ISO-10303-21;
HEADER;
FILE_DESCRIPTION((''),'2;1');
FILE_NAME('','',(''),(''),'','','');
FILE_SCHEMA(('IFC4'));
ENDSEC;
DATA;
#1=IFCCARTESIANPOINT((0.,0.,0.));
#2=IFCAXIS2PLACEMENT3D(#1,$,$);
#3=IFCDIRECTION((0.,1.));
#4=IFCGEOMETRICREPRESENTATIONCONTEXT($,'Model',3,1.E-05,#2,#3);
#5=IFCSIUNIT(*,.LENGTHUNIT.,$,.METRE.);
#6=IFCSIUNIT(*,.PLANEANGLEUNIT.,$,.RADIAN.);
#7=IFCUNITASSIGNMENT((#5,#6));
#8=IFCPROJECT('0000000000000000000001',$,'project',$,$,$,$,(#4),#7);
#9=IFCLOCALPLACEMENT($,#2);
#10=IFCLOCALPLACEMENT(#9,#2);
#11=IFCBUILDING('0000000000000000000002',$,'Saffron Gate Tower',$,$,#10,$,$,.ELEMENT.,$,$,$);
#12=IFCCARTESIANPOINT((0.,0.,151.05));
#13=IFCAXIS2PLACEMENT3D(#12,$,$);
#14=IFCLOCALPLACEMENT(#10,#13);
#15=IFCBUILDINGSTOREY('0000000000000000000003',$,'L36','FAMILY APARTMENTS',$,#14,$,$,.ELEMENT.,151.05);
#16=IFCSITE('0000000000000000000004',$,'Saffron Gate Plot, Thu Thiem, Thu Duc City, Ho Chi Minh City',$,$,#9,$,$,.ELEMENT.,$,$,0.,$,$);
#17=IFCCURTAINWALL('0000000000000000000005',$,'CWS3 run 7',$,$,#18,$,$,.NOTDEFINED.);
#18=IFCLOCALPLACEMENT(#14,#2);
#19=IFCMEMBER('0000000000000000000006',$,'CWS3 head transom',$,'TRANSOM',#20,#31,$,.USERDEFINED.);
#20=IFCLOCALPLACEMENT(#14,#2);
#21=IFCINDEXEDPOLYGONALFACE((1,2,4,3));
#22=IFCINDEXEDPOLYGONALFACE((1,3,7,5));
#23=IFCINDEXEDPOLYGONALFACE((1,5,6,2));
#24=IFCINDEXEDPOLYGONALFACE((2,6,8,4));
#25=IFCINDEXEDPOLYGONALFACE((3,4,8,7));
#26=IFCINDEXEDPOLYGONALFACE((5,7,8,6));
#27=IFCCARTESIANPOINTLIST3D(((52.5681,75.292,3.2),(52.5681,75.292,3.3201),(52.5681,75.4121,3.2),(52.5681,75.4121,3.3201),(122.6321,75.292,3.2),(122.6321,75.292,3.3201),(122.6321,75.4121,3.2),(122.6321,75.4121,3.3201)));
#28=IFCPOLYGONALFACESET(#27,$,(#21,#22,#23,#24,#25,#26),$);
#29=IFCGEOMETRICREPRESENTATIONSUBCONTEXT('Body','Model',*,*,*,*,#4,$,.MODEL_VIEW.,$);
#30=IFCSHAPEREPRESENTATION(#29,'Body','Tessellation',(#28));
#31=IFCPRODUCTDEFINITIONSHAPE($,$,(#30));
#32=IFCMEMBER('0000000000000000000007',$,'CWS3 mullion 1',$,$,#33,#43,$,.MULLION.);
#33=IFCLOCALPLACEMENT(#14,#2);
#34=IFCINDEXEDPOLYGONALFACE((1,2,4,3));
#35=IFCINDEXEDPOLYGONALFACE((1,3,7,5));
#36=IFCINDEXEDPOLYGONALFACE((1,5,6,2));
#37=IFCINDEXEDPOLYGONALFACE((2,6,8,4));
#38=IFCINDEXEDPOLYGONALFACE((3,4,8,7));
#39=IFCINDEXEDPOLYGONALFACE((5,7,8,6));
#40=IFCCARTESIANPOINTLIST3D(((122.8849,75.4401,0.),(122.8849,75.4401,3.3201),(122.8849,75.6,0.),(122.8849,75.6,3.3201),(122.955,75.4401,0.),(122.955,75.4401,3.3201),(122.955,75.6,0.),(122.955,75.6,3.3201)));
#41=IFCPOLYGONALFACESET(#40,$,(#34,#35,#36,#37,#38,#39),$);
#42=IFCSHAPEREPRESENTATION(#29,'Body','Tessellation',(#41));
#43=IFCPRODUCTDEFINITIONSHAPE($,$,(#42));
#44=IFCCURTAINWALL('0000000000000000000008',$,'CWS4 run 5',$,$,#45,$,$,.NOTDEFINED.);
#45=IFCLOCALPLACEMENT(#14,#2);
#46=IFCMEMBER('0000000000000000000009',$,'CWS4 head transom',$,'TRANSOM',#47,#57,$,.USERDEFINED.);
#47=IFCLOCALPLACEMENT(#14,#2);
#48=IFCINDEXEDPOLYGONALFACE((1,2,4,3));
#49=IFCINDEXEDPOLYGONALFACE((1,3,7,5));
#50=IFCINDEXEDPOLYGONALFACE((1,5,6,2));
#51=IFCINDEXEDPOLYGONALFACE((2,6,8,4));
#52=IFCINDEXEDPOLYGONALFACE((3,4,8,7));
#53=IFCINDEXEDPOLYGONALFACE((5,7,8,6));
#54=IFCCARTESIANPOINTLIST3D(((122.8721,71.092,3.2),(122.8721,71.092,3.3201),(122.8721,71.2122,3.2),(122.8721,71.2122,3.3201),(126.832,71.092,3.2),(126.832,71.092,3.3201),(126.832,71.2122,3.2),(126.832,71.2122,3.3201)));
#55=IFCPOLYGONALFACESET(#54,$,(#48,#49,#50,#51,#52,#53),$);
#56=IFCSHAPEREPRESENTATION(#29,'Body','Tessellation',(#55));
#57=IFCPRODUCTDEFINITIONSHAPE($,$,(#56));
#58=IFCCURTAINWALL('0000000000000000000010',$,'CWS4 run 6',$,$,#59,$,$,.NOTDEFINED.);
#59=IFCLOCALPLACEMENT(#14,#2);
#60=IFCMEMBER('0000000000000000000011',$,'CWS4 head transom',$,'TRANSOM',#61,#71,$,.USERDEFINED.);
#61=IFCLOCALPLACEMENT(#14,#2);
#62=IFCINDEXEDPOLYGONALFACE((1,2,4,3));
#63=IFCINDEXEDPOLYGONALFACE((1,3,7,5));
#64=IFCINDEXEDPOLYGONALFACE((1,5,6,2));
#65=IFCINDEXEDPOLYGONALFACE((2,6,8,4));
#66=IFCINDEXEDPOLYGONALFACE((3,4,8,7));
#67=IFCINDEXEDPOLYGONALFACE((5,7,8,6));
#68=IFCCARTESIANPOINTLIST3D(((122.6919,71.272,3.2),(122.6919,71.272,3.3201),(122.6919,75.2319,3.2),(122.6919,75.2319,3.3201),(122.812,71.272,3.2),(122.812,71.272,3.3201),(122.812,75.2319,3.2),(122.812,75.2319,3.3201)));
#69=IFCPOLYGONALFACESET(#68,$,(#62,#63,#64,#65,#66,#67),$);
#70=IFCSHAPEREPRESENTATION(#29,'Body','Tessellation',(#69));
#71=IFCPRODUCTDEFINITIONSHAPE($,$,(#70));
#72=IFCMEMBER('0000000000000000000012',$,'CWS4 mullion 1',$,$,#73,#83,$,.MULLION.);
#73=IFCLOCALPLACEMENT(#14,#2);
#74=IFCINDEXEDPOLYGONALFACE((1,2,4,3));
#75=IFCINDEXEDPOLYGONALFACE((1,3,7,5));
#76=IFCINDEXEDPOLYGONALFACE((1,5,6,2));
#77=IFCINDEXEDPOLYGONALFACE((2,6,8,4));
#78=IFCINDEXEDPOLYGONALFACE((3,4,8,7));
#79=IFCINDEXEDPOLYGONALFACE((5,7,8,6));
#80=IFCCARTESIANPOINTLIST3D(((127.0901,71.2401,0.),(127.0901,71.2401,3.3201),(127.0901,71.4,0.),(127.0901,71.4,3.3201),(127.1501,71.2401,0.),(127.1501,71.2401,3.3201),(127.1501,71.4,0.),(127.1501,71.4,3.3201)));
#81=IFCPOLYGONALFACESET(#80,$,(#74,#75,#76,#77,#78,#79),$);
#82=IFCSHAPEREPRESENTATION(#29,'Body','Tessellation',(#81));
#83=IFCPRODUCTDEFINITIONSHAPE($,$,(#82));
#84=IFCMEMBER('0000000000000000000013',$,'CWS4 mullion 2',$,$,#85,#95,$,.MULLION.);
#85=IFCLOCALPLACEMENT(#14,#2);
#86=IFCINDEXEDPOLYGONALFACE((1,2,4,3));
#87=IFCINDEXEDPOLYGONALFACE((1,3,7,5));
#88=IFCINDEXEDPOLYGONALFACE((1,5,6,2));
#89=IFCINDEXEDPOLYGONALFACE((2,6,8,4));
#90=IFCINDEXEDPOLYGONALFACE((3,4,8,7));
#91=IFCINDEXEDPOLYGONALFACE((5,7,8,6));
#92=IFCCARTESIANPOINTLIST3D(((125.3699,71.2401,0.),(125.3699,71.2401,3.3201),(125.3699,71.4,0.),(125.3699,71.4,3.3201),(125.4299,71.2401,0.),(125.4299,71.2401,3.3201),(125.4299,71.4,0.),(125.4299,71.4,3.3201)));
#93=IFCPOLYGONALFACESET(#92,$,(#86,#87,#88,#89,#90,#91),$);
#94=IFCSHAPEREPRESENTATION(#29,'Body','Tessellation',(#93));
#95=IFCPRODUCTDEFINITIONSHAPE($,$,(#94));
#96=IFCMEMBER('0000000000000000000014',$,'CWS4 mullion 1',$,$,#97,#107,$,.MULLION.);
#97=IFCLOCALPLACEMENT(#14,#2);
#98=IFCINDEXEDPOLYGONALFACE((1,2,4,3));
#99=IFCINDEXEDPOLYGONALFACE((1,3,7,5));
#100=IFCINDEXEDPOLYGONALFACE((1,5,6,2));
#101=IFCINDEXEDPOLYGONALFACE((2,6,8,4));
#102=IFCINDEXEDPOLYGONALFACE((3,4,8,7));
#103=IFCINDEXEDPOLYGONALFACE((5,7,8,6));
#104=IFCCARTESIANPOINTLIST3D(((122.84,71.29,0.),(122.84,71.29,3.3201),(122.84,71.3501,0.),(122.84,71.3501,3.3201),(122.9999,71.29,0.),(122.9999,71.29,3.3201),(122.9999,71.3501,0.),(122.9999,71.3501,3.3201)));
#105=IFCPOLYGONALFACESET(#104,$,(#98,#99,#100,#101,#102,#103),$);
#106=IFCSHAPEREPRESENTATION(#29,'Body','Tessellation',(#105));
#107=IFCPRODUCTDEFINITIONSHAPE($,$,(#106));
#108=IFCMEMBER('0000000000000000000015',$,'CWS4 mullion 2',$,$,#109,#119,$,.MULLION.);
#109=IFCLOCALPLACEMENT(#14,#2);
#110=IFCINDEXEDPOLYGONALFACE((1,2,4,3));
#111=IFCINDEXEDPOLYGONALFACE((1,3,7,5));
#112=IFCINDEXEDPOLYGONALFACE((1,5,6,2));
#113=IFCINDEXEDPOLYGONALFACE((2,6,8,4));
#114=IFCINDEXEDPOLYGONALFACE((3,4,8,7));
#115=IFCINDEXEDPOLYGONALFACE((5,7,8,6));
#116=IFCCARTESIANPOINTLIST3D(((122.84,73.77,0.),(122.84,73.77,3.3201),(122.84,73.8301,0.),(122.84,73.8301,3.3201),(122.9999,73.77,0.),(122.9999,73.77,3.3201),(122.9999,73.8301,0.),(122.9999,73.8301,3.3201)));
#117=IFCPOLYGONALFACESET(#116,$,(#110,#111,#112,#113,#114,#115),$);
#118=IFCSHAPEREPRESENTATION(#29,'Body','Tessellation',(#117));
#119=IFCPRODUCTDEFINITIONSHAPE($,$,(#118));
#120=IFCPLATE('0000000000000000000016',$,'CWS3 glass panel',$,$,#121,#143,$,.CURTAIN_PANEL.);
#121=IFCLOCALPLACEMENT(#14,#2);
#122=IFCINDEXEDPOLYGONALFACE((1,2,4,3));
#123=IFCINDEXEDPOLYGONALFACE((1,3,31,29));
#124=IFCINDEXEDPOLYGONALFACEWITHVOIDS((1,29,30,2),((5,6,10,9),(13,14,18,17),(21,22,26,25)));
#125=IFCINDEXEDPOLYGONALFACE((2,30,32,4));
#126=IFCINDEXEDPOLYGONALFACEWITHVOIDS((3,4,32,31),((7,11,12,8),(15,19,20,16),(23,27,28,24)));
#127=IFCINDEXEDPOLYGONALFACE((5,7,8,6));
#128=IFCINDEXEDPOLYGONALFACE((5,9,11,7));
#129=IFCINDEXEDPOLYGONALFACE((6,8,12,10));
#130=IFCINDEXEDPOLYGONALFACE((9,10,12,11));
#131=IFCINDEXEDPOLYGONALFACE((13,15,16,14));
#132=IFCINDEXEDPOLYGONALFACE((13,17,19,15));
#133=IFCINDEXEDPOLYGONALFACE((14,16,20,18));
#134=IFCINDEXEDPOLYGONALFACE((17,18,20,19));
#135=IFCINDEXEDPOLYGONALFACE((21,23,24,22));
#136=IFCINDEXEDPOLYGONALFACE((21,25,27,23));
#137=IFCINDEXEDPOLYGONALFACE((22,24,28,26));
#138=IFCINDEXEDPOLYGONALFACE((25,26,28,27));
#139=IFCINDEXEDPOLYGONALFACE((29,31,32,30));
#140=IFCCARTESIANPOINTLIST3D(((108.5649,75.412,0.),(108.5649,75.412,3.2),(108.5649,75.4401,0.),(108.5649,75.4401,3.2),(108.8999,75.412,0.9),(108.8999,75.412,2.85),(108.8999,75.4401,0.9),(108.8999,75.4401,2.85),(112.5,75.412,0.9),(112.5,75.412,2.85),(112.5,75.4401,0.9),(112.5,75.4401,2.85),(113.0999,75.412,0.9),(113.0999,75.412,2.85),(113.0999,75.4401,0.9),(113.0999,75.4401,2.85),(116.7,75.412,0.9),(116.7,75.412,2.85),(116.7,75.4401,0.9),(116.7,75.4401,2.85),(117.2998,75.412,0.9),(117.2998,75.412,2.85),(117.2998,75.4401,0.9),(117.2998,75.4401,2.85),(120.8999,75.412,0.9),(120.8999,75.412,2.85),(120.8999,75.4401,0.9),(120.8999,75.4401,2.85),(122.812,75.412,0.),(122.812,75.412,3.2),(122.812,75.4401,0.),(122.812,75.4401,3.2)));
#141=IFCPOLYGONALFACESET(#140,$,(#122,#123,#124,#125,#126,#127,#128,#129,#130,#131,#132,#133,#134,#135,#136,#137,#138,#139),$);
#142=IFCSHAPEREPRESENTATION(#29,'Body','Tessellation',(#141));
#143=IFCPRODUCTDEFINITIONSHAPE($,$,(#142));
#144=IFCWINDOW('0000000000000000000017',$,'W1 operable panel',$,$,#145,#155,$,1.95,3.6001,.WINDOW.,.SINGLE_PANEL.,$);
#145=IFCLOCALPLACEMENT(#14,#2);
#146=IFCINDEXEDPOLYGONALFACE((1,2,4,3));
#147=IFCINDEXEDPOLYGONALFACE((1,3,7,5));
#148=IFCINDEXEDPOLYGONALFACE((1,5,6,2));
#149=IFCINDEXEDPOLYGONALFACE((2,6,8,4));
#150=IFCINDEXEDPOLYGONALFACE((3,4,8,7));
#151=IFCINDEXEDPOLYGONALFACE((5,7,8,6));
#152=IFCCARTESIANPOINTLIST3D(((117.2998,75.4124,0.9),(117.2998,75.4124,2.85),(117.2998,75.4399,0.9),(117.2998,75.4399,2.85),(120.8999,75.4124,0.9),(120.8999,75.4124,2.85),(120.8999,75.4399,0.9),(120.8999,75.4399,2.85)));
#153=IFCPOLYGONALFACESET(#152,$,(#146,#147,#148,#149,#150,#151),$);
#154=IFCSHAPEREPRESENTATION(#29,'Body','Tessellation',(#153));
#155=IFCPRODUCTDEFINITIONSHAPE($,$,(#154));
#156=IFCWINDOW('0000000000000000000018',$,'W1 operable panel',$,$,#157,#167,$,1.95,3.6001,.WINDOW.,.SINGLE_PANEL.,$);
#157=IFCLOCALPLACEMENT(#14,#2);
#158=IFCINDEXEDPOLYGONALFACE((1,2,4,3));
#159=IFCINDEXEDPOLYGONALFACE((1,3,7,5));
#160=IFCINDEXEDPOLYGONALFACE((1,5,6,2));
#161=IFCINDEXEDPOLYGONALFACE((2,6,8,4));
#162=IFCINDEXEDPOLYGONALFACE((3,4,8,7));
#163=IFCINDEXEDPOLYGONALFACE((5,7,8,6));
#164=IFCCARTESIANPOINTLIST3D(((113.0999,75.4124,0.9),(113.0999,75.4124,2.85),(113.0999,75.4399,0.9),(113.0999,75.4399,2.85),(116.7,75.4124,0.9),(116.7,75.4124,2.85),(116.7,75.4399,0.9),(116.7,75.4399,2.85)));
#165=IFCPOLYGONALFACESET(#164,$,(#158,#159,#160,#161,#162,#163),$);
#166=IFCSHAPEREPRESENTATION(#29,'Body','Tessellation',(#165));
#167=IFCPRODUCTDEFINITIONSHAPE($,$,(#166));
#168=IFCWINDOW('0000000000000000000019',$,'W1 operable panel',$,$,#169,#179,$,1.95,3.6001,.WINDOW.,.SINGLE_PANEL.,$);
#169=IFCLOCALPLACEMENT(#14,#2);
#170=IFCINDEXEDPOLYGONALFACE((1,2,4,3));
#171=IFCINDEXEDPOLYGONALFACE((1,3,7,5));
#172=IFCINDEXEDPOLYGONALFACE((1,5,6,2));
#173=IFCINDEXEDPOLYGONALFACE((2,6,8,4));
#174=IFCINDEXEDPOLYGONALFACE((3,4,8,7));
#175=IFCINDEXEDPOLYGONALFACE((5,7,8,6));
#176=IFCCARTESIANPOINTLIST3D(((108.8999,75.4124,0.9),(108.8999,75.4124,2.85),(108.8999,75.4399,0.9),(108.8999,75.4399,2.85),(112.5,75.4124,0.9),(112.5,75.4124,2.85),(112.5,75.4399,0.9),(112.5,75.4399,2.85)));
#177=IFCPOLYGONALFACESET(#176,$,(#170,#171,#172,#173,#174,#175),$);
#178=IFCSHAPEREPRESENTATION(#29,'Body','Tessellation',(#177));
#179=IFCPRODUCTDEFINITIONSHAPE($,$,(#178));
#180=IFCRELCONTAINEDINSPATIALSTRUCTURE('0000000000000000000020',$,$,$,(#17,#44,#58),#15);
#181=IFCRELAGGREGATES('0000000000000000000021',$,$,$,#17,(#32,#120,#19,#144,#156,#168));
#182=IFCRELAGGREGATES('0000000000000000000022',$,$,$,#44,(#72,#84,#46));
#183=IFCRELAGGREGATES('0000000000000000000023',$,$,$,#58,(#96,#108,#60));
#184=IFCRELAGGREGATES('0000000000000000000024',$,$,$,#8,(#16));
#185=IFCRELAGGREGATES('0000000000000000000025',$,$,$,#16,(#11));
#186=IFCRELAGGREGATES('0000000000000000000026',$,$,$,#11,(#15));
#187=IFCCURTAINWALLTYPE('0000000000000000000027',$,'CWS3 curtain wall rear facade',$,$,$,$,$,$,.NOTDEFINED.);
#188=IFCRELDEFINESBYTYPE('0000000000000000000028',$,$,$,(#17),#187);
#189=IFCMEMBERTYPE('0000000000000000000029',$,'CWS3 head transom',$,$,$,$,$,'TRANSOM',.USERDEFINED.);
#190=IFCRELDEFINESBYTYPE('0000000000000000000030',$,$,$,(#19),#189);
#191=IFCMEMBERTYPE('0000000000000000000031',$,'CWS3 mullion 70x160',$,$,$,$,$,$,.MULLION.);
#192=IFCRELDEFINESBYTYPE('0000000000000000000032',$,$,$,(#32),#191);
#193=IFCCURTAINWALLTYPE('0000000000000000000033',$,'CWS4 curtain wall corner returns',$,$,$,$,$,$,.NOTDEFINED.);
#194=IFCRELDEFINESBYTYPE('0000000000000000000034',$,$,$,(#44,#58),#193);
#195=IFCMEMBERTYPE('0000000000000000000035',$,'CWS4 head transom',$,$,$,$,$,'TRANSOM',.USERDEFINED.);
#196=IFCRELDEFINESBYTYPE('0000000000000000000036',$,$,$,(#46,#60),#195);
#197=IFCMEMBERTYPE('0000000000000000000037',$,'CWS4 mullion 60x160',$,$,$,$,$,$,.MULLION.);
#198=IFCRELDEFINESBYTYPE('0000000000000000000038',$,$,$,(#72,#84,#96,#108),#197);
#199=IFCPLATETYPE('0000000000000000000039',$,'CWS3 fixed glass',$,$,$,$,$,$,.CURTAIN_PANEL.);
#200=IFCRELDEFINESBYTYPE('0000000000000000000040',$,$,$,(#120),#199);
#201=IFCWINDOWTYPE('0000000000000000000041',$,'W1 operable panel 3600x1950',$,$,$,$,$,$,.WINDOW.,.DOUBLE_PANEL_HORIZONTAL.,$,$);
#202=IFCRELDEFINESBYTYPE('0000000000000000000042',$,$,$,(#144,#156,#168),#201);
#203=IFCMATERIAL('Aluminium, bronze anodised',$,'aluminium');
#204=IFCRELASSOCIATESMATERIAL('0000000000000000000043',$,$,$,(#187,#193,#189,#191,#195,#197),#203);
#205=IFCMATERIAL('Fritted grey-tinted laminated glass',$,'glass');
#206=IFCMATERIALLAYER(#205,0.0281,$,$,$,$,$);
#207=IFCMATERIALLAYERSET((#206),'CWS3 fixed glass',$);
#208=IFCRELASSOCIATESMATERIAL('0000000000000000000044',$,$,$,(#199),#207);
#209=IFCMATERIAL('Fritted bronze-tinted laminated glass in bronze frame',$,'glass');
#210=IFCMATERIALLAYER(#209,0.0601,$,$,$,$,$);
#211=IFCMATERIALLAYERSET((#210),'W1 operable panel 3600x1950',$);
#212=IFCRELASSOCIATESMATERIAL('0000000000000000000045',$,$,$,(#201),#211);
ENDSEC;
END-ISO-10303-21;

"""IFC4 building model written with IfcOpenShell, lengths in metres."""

from ifc_helpers import new_model, si_unit, direction, frame, frame_2d, origin, origin_2d, place, context, subcontext, project, spatial, rectangle, extrude, material, layer, layer_set, material_profile, profile_set, type_object, element, fill, aggregate, save


model = new_model("IFC4")

# Units and contexts
model_context = context("Model", 3, precision=1e-05, world=origin(), true_north=direction((0.0, 1.0)))
body_context = subcontext(model_context, "Body", "Model", "MODEL_VIEW")
ifc_project = project(units=[si_unit("LENGTHUNIT", "METRE"), si_unit("PLANEANGLEUNIT", "RADIAN")], contexts=[model_context])

# Site, building, storey
site_placement = place(None, origin())
site = spatial("IfcSite", under=ifc_project, at=site_placement, Name="Saffron Gate Plot, Thu Thiem, Thu Duc City, Ho Chi Minh City", CompositionType="ELEMENT", RefElevation=0.0)
building_placement = place(site_placement, origin())
building = spatial("IfcBuilding", under=site, at=building_placement, Name="Saffron Gate Tower", CompositionType="ELEMENT")
storey_placement = place(building_placement, frame((0.0, 0.0, 151.05)))
storey = spatial("IfcBuildingStorey", under=building, at=storey_placement, Name="L36", Description="FAMILY APARTMENTS", CompositionType="ELEMENT", Elevation=151.05)

# Curtain wall, members
ifc_material_1 = material(Name="Aluminium, bronze anodised", Category="aluminium")
curtain_wall_type_1 = type_object("IfcCurtainWallType", Name="CWS3 curtain wall rear facade", PredefinedType="NOTDEFINED", material=ifc_material_1)
curtain_wall_1_placement = place(storey_placement, origin())
curtain_wall_1 = element("IfcCurtainWall", 1, at=curtain_wall_1_placement, inside=storey, type_object=curtain_wall_type_1, Name="CWS3 run 7", PredefinedType="NOTDEFINED")
ifc_material_profile_1 = material_profile(ifc_material_1, rectangle(XDim=0.1201, YDim=0.1201, at=origin_2d()))
ifc_profile_set_1 = profile_set([ifc_material_profile_1], Name="Aluminium, bronze anodised")
member_type_1 = type_object("IfcMemberType", Name="CWS3 head transom", ElementType="TRANSOM", PredefinedType="USERDEFINED", material=ifc_profile_set_1)
member_1_placement = place(storey_placement, frame((122.6321, 75.3521, 3.26), z_axis=(-1.0, 0.0, 0.0), x_axis=(0.0, -1.0, 0.0)))
member_1 = element("IfcMember", 2, at=member_1_placement, type_object=member_type_1, Name="CWS3 head transom", ObjectType="TRANSOM", PredefinedType="USERDEFINED", context=body_context, shape_type="SweptSolid", body=[
    extrude(rectangle(XDim=0.1201, YDim=0.1201, at=origin_2d()), origin(), (0.0, 0.0, 1.0), 70.064),
])
ifc_material_profile_2 = material_profile(ifc_material_1, rectangle(XDim=0.1599, YDim=0.0701, at=origin_2d()))
ifc_profile_set_2 = profile_set([ifc_material_profile_2], Name="Aluminium, bronze anodised")
member_type_2 = type_object("IfcMemberType", Name="CWS3 mullion 70x160", PredefinedType="MULLION", material=ifc_profile_set_2)
member_2_placement = place(storey_placement, frame((122.9199, 75.52, 0.0), z_axis=(0.0, 0.0, 1.0), x_axis=(0.0, -1.0, 0.0)))
member_2 = element("IfcMember", 3, at=member_2_placement, type_object=member_type_2, Name="CWS3 mullion 1", PredefinedType="MULLION", context=body_context, shape_type="SweptSolid", body=[
    extrude(rectangle(XDim=0.1599, YDim=0.0701, at=origin_2d()), origin(), (0.0, 0.0, 1.0), 3.3201),
])

# Curtain walls, members
curtain_wall_type_2 = type_object("IfcCurtainWallType", Name="CWS4 curtain wall corner returns", PredefinedType="NOTDEFINED", material=ifc_material_1)
curtain_wall_2_placement = place(storey_placement, origin())
curtain_wall_2 = element("IfcCurtainWall", 4, at=curtain_wall_2_placement, inside=storey, type_object=curtain_wall_type_2, Name="CWS4 run 5", PredefinedType="NOTDEFINED")
ifc_material_profile_3 = material_profile(ifc_material_1, rectangle(XDim=0.1201, YDim=0.1201, at=origin_2d()))
ifc_profile_set_3 = profile_set([ifc_material_profile_3], Name="Aluminium, bronze anodised")
member_type_3 = type_object("IfcMemberType", Name="CWS4 head transom", ElementType="TRANSOM", PredefinedType="USERDEFINED", material=ifc_profile_set_3)
member_3_placement = place(storey_placement, frame((126.832, 71.1521, 3.26), z_axis=(-1.0, 0.0, 0.0), x_axis=(0.0, -1.0, 0.0)))
member_3 = element("IfcMember", 5, at=member_3_placement, type_object=member_type_3, Name="CWS4 head transom", ObjectType="TRANSOM", PredefinedType="USERDEFINED", context=body_context, shape_type="SweptSolid", body=[
    extrude(rectangle(XDim=0.1201, YDim=0.1201, at=origin_2d()), origin(), (0.0, 0.0, 1.0), 3.96),
])
curtain_wall_3_placement = place(storey_placement, origin())
curtain_wall_3 = element("IfcCurtainWall", 6, at=curtain_wall_3_placement, inside=storey, type_object=curtain_wall_type_2, Name="CWS4 run 6", PredefinedType="NOTDEFINED")
member_4_placement = place(storey_placement, frame((122.752, 71.272, 3.26), z_axis=(0.0, 1.0, 0.0), x_axis=(-1.0, 0.0, 0.0)))
member_4 = element("IfcMember", 7, at=member_4_placement, type_object=member_type_3, Name="CWS4 head transom", ObjectType="TRANSOM", PredefinedType="USERDEFINED", context=body_context, shape_type="SweptSolid", body=[
    extrude(rectangle(XDim=0.1201, YDim=0.1201, at=origin_2d()), origin(), (0.0, 0.0, 1.0), 3.96),
])

# Members
ifc_material_profile_4 = material_profile(ifc_material_1, rectangle(XDim=0.1599, YDim=0.0601, at=origin_2d()))
ifc_profile_set_4 = profile_set([ifc_material_profile_4], Name="Aluminium, bronze anodised")
member_type_4 = type_object("IfcMemberType", Name="CWS4 mullion 60x160", PredefinedType="MULLION", material=ifc_profile_set_4)
member_5_placement = place(storey_placement, frame((127.1201, 71.3201, 0.0), z_axis=(0.0, 0.0, 1.0), x_axis=(0.0, -1.0, 0.0)))
member_5 = element("IfcMember", 8, at=member_5_placement, type_object=member_type_4, Name="CWS4 mullion 1", PredefinedType="MULLION", context=body_context, shape_type="SweptSolid", body=[
    extrude(rectangle(XDim=0.1599, YDim=0.0601, at=origin_2d()), origin(), (0.0, 0.0, 1.0), 3.3201),
])
member_6_placement = place(storey_placement, frame((125.3999, 71.3201, 0.0), z_axis=(0.0, 0.0, 1.0), x_axis=(0.0, -1.0, 0.0)))
member_6 = element("IfcMember", 9, at=member_6_placement, type_object=member_type_4, Name="CWS4 mullion 2", PredefinedType="MULLION", context=body_context, shape_type="SweptSolid", body=[
    extrude(rectangle(XDim=0.1599, YDim=0.0601, at=origin_2d()), origin(), (0.0, 0.0, 1.0), 3.3201),
])
member_7_placement = place(storey_placement, frame((122.9199, 71.3201, 0.0), z_axis=(0.0, 0.0, 1.0), x_axis=(-1.0, 0.0, 0.0)))
member_7 = element("IfcMember", 10, at=member_7_placement, type_object=member_type_4, Name="CWS4 mullion 1", PredefinedType="MULLION", context=body_context, shape_type="SweptSolid", body=[
    extrude(rectangle(XDim=0.1599, YDim=0.0601, at=origin_2d()), origin(), (0.0, 0.0, 1.0), 3.3201),
])
member_8_placement = place(storey_placement, frame((122.9199, 73.8, 0.0), z_axis=(0.0, 0.0, 1.0), x_axis=(-1.0, 0.0, 0.0)))
member_8 = element("IfcMember", 11, at=member_8_placement, type_object=member_type_4, Name="CWS4 mullion 2", PredefinedType="MULLION", context=body_context, shape_type="SweptSolid", body=[
    extrude(rectangle(XDim=0.1599, YDim=0.0601, at=origin_2d()), origin(), (0.0, 0.0, 1.0), 3.3201),
])

# Plate, openings, windows
ifc_material_2 = material(Name="Fritted grey-tinted laminated glass", Category="glass")
ifc_layer_1 = layer(ifc_material_2, 0.0281)
ifc_layer_set_1 = layer_set([ifc_layer_1], Name="CWS3 fixed glass")
plate_type_1 = type_object("IfcPlateType", Name="CWS3 fixed glass", PredefinedType="CURTAIN_PANEL", material=ifc_layer_set_1)
plate_1_placement = place(storey_placement, frame((122.812, 75.426, 0.0), z_axis=(0.0, 0.0, 1.0), x_axis=(-1.0, 0.0, 0.0)))
plate_1 = element("IfcPlate", 12, at=plate_1_placement, type_object=plate_type_1, Name="CWS3 glass panel", PredefinedType="CURTAIN_PANEL", context=body_context, shape_type="SweptSolid", body=[
    extrude(rectangle(XDim=14.2471, YDim=0.0281, at=frame_2d((7.1235, 0.0))), origin(), (0.0, 0.0, 1.0), 3.2),
])
opening_1_placement = place(plate_1_placement, frame((1.9121, 0.0, 0.8999)))
opening_1 = element("IfcOpeningElement", 13, at=opening_1_placement, cuts=plate_1, PredefinedType="OPENING", context=body_context, shape_type="SweptSolid", body=[
    extrude(rectangle(XDim=3.6001, YDim=1.95, at=frame_2d((1.8, 0.9751))), frame((0.0, 0.0239, 0.0), z_axis=(0.0, -1.0, 0.0), x_axis=(1.0, 0.0, 0.0)), (0.0, 0.0, 1.0), 0.0481),
])
opening_2_placement = place(plate_1_placement, frame((6.1121, 0.0, 0.8999)))
opening_2 = element("IfcOpeningElement", 14, at=opening_2_placement, cuts=plate_1, PredefinedType="OPENING", context=body_context, shape_type="SweptSolid", body=[
    extrude(rectangle(XDim=3.6001, YDim=1.95, at=frame_2d((1.8, 0.9751))), frame((0.0, 0.0239, 0.0), z_axis=(0.0, -1.0, 0.0), x_axis=(1.0, 0.0, 0.0)), (0.0, 0.0, 1.0), 0.0481),
])
opening_3_placement = place(plate_1_placement, frame((10.312, 0.0, 0.8999)))
opening_3 = element("IfcOpeningElement", 15, at=opening_3_placement, cuts=plate_1, PredefinedType="OPENING", context=body_context, shape_type="SweptSolid", body=[
    extrude(rectangle(XDim=3.6001, YDim=1.95, at=frame_2d((1.8, 0.9751))), frame((0.0, 0.0239, 0.0), z_axis=(0.0, -1.0, 0.0), x_axis=(1.0, 0.0, 0.0)), (0.0, 0.0, 1.0), 0.0481),
])
ifc_material_3 = material(Name="Fritted bronze-tinted laminated glass in bronze frame", Category="glass")
ifc_layer_2 = layer(ifc_material_3, 0.0601)
ifc_layer_set_2 = layer_set([ifc_layer_2], Name="W1 operable panel 3600x1950")
window_type = type_object("IfcWindowType", Name="W1 operable panel 3600x1950", PartitioningType="DOUBLE_PANEL_HORIZONTAL", PredefinedType="WINDOW", material=ifc_layer_set_2)
window_1_placement = place(opening_1_placement, origin())
window_1 = element("IfcWindow", 16, at=window_1_placement, type_object=window_type, Name="W1 operable panel", OverallHeight=1.95, OverallWidth=3.6001, PartitioningType="SINGLE_PANEL", PredefinedType="WINDOW", context=body_context, shape_type="SweptSolid", body=[
    extrude(rectangle(XDim=3.6001, YDim=1.95, at=frame_2d((1.8, 0.9751))), frame((0.0, 0.0137, 0.0), z_axis=(0.0, -1.0, 0.0), x_axis=(1.0, 0.0, 0.0)), (0.0, 0.0, 1.0), 0.0276),
])
fill(opening_1, window_1)
window_2_placement = place(opening_2_placement, origin())
window_2 = element("IfcWindow", 17, at=window_2_placement, type_object=window_type, Name="W1 operable panel", OverallHeight=1.95, OverallWidth=3.6001, PartitioningType="SINGLE_PANEL", PredefinedType="WINDOW", context=body_context, shape_type="SweptSolid", body=[
    extrude(rectangle(XDim=3.6001, YDim=1.95, at=frame_2d((1.8, 0.9751))), frame((0.0, 0.0137, 0.0), z_axis=(0.0, -1.0, 0.0), x_axis=(1.0, 0.0, 0.0)), (0.0, 0.0, 1.0), 0.0276),
])
fill(opening_2, window_2)
window_3_placement = place(opening_3_placement, origin())
window_3 = element("IfcWindow", 18, at=window_3_placement, type_object=window_type, Name="W1 operable panel", OverallHeight=1.95, OverallWidth=3.6001, PartitioningType="SINGLE_PANEL", PredefinedType="WINDOW", context=body_context, shape_type="SweptSolid", body=[
    extrude(rectangle(XDim=3.6001, YDim=1.95, at=frame_2d((1.8, 0.9751))), frame((0.0, 0.0137, 0.0), z_axis=(0.0, -1.0, 0.0), x_axis=(1.0, 0.0, 0.0)), (0.0, 0.0, 1.0), 0.0276),
])
fill(opening_3, window_3)
aggregate(curtain_wall_1, [member_2, plate_1, member_1, window_1, window_2, window_3])

aggregate(curtain_wall_2, [member_5, member_6, member_3])
aggregate(curtain_wall_3, [member_7, member_8, member_4])

save(model, "model.ifc")
